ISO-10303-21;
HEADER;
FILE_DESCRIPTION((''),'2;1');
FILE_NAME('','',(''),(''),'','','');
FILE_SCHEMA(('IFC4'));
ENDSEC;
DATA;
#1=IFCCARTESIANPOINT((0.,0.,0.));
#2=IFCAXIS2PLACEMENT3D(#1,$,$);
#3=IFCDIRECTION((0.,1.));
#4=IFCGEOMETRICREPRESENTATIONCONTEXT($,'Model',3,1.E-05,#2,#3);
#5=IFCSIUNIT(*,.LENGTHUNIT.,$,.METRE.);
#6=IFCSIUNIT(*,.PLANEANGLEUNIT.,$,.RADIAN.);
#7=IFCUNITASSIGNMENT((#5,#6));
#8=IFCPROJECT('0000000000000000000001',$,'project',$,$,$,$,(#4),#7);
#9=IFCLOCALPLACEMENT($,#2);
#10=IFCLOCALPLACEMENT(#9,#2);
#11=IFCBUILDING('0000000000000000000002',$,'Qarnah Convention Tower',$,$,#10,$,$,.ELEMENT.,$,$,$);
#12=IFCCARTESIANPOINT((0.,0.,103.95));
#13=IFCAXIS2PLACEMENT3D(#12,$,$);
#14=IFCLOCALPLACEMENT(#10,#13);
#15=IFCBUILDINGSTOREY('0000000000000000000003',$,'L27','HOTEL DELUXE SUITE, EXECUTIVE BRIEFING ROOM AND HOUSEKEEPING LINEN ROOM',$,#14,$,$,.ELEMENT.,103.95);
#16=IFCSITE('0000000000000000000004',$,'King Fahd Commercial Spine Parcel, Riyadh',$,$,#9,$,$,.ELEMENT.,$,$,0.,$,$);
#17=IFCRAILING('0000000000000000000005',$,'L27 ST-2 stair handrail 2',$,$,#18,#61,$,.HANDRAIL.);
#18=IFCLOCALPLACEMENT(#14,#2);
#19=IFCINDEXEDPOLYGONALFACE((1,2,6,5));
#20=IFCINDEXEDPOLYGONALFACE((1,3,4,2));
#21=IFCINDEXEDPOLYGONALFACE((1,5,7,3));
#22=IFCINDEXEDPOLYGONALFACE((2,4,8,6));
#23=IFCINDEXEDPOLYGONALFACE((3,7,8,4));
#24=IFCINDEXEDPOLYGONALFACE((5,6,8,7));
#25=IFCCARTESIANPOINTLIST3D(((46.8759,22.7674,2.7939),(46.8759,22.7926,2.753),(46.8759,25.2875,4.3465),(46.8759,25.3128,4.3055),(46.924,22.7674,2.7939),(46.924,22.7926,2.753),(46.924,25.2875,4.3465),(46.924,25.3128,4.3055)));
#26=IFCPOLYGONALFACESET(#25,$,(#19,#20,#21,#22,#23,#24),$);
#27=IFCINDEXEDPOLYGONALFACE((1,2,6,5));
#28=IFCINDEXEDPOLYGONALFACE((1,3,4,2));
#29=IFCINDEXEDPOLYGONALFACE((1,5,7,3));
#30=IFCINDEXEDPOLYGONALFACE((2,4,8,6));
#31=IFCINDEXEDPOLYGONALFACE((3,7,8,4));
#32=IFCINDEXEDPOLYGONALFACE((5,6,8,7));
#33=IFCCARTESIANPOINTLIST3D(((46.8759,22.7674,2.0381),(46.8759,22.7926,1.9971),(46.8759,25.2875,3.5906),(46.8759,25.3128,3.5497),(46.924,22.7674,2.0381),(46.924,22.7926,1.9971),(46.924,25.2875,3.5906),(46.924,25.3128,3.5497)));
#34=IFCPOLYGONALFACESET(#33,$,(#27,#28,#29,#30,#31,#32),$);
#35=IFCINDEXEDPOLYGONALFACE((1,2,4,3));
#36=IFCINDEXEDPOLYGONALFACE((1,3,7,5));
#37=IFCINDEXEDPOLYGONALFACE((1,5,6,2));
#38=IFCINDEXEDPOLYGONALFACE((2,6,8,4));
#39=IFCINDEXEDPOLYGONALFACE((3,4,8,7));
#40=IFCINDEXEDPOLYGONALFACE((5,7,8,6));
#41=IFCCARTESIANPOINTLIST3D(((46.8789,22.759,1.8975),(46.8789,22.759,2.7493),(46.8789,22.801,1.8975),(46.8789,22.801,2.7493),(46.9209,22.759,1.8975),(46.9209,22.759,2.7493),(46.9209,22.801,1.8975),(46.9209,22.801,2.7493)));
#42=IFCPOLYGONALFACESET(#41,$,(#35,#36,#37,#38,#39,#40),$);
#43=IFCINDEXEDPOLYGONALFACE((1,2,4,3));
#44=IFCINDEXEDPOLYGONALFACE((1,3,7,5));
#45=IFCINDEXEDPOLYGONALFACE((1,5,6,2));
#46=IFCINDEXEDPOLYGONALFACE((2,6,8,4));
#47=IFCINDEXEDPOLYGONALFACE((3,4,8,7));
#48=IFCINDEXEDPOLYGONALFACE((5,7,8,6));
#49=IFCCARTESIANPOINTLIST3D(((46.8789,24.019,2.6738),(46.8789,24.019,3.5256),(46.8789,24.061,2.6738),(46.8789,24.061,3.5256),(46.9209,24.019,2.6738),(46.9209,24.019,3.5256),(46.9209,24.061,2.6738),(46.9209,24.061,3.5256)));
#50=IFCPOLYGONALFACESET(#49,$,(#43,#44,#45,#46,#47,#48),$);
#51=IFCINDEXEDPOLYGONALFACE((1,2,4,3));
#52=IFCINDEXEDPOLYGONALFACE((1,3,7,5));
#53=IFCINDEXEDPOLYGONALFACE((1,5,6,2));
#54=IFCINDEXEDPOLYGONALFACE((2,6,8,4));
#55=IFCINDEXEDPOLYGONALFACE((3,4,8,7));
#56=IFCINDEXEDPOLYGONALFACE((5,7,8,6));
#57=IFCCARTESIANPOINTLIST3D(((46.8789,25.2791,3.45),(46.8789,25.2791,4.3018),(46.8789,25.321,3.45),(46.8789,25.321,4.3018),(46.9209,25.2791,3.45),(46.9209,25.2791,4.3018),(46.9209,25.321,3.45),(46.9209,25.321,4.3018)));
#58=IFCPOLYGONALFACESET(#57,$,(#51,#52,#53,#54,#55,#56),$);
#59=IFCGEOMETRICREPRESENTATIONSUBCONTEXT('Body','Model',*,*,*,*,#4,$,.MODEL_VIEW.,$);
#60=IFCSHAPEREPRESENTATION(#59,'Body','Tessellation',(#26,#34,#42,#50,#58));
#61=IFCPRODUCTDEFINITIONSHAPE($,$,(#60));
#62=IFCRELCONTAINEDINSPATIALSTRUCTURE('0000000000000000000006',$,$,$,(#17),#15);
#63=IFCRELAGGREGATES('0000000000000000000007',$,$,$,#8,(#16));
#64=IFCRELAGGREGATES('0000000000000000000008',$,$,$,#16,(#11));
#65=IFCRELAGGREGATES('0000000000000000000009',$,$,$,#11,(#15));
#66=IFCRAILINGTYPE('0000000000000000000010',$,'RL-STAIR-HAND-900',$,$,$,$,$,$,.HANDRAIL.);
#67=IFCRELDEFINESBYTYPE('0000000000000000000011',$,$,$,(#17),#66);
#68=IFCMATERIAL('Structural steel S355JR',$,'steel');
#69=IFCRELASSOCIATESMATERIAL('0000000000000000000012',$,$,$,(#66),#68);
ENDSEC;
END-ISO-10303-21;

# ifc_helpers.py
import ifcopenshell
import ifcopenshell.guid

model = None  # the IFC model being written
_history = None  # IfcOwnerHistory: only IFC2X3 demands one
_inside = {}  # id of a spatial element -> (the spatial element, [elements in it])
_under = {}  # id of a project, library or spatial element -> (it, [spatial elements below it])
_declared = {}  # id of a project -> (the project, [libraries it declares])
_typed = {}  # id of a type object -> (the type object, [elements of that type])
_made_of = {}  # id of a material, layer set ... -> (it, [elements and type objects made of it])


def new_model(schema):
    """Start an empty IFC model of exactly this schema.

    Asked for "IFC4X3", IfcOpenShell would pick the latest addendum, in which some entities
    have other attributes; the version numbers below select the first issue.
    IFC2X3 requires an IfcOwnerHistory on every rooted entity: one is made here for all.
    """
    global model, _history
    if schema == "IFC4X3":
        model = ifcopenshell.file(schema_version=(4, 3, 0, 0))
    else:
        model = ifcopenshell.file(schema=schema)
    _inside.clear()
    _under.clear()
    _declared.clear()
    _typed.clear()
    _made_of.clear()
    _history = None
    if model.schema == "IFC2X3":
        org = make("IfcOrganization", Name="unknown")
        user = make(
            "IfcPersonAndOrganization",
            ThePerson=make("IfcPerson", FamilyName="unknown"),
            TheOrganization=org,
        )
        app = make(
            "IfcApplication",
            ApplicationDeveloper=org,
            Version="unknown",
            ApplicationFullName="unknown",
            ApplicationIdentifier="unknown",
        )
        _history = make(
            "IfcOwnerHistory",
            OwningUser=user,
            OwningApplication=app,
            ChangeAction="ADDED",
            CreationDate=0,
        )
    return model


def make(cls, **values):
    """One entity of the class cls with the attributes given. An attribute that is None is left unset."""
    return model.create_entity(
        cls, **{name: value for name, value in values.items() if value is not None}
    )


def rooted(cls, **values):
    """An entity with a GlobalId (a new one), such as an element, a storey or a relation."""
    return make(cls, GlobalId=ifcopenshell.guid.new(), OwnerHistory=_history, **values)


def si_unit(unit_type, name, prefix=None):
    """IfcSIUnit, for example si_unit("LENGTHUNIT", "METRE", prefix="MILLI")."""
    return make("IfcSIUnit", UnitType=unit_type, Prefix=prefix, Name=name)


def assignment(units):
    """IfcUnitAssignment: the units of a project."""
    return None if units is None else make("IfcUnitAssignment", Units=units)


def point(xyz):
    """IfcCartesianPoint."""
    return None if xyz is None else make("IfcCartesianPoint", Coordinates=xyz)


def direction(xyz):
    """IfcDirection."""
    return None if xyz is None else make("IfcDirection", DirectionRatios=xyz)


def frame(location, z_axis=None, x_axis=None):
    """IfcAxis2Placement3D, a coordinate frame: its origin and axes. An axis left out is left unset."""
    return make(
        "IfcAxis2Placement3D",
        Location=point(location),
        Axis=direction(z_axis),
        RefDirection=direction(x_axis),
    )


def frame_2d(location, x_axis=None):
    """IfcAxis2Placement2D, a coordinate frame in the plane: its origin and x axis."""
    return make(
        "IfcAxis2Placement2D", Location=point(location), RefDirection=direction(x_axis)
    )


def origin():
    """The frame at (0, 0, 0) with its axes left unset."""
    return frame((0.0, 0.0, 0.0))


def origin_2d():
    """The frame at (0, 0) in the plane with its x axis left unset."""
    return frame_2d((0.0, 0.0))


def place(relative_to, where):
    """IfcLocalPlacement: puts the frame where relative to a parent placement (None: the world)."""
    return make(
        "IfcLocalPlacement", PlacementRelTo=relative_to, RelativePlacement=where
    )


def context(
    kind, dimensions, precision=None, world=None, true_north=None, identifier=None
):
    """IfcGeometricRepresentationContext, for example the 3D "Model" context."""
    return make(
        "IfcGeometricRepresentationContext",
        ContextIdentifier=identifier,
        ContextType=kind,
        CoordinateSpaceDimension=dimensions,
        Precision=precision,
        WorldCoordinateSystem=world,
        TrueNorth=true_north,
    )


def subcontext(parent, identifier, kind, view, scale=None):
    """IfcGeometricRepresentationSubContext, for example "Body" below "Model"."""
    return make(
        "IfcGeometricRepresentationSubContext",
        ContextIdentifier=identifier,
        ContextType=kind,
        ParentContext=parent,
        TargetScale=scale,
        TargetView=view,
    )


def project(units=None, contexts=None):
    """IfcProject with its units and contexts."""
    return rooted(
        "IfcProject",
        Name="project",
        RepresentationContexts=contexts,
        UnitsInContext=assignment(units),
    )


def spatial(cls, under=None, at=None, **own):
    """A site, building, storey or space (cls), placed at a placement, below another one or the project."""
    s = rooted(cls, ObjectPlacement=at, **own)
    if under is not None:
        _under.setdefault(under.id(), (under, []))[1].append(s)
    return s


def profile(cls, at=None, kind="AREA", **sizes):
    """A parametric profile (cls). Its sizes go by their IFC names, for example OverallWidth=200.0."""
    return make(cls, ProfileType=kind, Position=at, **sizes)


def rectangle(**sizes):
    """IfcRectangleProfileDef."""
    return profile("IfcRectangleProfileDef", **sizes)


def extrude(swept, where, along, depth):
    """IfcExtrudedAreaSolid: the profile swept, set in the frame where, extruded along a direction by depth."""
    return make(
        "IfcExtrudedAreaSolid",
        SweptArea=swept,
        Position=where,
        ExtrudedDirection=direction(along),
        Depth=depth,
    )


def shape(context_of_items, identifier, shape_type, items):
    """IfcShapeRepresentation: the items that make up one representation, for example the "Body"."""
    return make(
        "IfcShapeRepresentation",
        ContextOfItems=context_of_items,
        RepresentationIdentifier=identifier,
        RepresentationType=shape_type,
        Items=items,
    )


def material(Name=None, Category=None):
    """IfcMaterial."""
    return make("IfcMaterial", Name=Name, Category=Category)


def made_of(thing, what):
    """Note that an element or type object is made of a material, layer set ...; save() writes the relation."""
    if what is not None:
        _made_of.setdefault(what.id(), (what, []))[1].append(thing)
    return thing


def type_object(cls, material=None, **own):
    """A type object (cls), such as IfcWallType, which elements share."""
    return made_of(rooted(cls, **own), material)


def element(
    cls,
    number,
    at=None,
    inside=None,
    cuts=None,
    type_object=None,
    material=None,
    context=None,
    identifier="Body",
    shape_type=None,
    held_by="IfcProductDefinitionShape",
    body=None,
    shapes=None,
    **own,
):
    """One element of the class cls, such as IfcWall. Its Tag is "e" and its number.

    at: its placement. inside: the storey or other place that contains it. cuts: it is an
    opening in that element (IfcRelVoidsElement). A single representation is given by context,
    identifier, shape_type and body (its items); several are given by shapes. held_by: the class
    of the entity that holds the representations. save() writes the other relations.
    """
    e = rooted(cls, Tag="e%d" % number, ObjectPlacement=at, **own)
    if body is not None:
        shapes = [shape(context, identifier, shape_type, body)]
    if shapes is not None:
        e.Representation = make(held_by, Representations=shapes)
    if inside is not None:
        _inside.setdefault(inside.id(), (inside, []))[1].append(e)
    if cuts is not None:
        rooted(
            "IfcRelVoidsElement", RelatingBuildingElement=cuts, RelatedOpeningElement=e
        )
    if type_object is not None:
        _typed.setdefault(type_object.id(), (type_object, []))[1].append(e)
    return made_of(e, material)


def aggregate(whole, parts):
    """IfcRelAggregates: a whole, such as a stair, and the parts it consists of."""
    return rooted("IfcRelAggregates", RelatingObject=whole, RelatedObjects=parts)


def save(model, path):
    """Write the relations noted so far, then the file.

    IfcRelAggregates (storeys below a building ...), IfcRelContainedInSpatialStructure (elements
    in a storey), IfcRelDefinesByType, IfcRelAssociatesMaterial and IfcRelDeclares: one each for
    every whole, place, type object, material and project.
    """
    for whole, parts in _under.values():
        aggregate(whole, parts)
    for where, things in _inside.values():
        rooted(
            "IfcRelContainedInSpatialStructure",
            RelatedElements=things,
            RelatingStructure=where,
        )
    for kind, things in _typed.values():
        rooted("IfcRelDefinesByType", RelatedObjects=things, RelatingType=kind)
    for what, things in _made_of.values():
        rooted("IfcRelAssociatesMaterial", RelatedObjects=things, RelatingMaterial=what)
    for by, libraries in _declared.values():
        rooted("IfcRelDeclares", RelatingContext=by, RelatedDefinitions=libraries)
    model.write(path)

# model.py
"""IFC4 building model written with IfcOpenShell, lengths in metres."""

from ifc_helpers import new_model, si_unit, direction, frame, origin, origin_2d, place, context, subcontext, project, spatial, rectangle, extrude, material, type_object, element, save


model = new_model("IFC4")

# Units and contexts
model_context = context("Model", 3, precision=1e-05, world=origin(), true_north=direction((0.0, 1.0)))
body_context = subcontext(model_context, "Body", "Model", "MODEL_VIEW")
ifc_project = project(units=[si_unit("LENGTHUNIT", "METRE"), si_unit("PLANEANGLEUNIT", "RADIAN")], contexts=[model_context])

# Site, building, storey
site_placement = place(None, origin())
site = spatial("IfcSite", under=ifc_project, at=site_placement, Name="King Fahd Commercial Spine Parcel, Riyadh", CompositionType="ELEMENT", RefElevation=0.0)
building_placement = place(site_placement, origin())
building = spatial("IfcBuilding", under=site, at=building_placement, Name="Qarnah Convention Tower", CompositionType="ELEMENT")
storey_placement = place(building_placement, frame((0.0, 0.0, 103.95)))
storey = spatial("IfcBuildingStorey", under=building, at=storey_placement, Name="L27", Description="HOTEL DELUXE SUITE, EXECUTIVE BRIEFING ROOM AND HOUSEKEEPING LINEN ROOM", CompositionType="ELEMENT", Elevation=103.95)

# Shared definitions
ifc_material_1 = material(Name="Structural steel S355JR", Category="steel")

# Railing
railing_type_1 = type_object("IfcRailingType", Name="RL-STAIR-HAND-900", PredefinedType="HANDRAIL", material=ifc_material_1)
railing_1_placement = place(storey_placement, frame((46.8999, 22.78, 1.8975)))
element("IfcRailing", 1, at=railing_1_placement, inside=storey, type_object=railing_type_1, Name="L27 ST-2 stair handrail 2", PredefinedType="HANDRAIL", context=body_context, shape_type="SweptSolid", body=[
    extrude(rectangle(XDim=0.0481, YDim=0.0481, at=origin_2d()), frame((0.0, 0.0, 0.876), z_axis=(0.0, 0.8514, 0.524516), x_axis=(-1.0, 0.0, 0.0)), (0.0, 0.0, 1.0), 2.96),
    extrude(rectangle(XDim=0.0481, YDim=0.0481, at=origin_2d()), frame((0.0, 0.0, 0.1201), z_axis=(0.0, 0.8514, 0.524516), x_axis=(-1.0, 0.0, 0.0)), (0.0, 0.0, 1.0), 2.96),
    extrude(rectangle(XDim=0.042, YDim=0.042, at=origin_2d()), origin(), (0.0, 0.0, 1.0), 0.8518),
    extrude(rectangle(XDim=0.042, YDim=0.042, at=origin_2d()), frame((0.0, 1.26, 0.7764)), (0.0, 0.0, 1.0), 0.8518),
    extrude(rectangle(XDim=0.042, YDim=0.042, at=origin_2d()), frame((0.0, 2.52, 1.5525)), (0.0, 0.0, 1.0), 0.8518),
])

save(model, "model.ifc")
